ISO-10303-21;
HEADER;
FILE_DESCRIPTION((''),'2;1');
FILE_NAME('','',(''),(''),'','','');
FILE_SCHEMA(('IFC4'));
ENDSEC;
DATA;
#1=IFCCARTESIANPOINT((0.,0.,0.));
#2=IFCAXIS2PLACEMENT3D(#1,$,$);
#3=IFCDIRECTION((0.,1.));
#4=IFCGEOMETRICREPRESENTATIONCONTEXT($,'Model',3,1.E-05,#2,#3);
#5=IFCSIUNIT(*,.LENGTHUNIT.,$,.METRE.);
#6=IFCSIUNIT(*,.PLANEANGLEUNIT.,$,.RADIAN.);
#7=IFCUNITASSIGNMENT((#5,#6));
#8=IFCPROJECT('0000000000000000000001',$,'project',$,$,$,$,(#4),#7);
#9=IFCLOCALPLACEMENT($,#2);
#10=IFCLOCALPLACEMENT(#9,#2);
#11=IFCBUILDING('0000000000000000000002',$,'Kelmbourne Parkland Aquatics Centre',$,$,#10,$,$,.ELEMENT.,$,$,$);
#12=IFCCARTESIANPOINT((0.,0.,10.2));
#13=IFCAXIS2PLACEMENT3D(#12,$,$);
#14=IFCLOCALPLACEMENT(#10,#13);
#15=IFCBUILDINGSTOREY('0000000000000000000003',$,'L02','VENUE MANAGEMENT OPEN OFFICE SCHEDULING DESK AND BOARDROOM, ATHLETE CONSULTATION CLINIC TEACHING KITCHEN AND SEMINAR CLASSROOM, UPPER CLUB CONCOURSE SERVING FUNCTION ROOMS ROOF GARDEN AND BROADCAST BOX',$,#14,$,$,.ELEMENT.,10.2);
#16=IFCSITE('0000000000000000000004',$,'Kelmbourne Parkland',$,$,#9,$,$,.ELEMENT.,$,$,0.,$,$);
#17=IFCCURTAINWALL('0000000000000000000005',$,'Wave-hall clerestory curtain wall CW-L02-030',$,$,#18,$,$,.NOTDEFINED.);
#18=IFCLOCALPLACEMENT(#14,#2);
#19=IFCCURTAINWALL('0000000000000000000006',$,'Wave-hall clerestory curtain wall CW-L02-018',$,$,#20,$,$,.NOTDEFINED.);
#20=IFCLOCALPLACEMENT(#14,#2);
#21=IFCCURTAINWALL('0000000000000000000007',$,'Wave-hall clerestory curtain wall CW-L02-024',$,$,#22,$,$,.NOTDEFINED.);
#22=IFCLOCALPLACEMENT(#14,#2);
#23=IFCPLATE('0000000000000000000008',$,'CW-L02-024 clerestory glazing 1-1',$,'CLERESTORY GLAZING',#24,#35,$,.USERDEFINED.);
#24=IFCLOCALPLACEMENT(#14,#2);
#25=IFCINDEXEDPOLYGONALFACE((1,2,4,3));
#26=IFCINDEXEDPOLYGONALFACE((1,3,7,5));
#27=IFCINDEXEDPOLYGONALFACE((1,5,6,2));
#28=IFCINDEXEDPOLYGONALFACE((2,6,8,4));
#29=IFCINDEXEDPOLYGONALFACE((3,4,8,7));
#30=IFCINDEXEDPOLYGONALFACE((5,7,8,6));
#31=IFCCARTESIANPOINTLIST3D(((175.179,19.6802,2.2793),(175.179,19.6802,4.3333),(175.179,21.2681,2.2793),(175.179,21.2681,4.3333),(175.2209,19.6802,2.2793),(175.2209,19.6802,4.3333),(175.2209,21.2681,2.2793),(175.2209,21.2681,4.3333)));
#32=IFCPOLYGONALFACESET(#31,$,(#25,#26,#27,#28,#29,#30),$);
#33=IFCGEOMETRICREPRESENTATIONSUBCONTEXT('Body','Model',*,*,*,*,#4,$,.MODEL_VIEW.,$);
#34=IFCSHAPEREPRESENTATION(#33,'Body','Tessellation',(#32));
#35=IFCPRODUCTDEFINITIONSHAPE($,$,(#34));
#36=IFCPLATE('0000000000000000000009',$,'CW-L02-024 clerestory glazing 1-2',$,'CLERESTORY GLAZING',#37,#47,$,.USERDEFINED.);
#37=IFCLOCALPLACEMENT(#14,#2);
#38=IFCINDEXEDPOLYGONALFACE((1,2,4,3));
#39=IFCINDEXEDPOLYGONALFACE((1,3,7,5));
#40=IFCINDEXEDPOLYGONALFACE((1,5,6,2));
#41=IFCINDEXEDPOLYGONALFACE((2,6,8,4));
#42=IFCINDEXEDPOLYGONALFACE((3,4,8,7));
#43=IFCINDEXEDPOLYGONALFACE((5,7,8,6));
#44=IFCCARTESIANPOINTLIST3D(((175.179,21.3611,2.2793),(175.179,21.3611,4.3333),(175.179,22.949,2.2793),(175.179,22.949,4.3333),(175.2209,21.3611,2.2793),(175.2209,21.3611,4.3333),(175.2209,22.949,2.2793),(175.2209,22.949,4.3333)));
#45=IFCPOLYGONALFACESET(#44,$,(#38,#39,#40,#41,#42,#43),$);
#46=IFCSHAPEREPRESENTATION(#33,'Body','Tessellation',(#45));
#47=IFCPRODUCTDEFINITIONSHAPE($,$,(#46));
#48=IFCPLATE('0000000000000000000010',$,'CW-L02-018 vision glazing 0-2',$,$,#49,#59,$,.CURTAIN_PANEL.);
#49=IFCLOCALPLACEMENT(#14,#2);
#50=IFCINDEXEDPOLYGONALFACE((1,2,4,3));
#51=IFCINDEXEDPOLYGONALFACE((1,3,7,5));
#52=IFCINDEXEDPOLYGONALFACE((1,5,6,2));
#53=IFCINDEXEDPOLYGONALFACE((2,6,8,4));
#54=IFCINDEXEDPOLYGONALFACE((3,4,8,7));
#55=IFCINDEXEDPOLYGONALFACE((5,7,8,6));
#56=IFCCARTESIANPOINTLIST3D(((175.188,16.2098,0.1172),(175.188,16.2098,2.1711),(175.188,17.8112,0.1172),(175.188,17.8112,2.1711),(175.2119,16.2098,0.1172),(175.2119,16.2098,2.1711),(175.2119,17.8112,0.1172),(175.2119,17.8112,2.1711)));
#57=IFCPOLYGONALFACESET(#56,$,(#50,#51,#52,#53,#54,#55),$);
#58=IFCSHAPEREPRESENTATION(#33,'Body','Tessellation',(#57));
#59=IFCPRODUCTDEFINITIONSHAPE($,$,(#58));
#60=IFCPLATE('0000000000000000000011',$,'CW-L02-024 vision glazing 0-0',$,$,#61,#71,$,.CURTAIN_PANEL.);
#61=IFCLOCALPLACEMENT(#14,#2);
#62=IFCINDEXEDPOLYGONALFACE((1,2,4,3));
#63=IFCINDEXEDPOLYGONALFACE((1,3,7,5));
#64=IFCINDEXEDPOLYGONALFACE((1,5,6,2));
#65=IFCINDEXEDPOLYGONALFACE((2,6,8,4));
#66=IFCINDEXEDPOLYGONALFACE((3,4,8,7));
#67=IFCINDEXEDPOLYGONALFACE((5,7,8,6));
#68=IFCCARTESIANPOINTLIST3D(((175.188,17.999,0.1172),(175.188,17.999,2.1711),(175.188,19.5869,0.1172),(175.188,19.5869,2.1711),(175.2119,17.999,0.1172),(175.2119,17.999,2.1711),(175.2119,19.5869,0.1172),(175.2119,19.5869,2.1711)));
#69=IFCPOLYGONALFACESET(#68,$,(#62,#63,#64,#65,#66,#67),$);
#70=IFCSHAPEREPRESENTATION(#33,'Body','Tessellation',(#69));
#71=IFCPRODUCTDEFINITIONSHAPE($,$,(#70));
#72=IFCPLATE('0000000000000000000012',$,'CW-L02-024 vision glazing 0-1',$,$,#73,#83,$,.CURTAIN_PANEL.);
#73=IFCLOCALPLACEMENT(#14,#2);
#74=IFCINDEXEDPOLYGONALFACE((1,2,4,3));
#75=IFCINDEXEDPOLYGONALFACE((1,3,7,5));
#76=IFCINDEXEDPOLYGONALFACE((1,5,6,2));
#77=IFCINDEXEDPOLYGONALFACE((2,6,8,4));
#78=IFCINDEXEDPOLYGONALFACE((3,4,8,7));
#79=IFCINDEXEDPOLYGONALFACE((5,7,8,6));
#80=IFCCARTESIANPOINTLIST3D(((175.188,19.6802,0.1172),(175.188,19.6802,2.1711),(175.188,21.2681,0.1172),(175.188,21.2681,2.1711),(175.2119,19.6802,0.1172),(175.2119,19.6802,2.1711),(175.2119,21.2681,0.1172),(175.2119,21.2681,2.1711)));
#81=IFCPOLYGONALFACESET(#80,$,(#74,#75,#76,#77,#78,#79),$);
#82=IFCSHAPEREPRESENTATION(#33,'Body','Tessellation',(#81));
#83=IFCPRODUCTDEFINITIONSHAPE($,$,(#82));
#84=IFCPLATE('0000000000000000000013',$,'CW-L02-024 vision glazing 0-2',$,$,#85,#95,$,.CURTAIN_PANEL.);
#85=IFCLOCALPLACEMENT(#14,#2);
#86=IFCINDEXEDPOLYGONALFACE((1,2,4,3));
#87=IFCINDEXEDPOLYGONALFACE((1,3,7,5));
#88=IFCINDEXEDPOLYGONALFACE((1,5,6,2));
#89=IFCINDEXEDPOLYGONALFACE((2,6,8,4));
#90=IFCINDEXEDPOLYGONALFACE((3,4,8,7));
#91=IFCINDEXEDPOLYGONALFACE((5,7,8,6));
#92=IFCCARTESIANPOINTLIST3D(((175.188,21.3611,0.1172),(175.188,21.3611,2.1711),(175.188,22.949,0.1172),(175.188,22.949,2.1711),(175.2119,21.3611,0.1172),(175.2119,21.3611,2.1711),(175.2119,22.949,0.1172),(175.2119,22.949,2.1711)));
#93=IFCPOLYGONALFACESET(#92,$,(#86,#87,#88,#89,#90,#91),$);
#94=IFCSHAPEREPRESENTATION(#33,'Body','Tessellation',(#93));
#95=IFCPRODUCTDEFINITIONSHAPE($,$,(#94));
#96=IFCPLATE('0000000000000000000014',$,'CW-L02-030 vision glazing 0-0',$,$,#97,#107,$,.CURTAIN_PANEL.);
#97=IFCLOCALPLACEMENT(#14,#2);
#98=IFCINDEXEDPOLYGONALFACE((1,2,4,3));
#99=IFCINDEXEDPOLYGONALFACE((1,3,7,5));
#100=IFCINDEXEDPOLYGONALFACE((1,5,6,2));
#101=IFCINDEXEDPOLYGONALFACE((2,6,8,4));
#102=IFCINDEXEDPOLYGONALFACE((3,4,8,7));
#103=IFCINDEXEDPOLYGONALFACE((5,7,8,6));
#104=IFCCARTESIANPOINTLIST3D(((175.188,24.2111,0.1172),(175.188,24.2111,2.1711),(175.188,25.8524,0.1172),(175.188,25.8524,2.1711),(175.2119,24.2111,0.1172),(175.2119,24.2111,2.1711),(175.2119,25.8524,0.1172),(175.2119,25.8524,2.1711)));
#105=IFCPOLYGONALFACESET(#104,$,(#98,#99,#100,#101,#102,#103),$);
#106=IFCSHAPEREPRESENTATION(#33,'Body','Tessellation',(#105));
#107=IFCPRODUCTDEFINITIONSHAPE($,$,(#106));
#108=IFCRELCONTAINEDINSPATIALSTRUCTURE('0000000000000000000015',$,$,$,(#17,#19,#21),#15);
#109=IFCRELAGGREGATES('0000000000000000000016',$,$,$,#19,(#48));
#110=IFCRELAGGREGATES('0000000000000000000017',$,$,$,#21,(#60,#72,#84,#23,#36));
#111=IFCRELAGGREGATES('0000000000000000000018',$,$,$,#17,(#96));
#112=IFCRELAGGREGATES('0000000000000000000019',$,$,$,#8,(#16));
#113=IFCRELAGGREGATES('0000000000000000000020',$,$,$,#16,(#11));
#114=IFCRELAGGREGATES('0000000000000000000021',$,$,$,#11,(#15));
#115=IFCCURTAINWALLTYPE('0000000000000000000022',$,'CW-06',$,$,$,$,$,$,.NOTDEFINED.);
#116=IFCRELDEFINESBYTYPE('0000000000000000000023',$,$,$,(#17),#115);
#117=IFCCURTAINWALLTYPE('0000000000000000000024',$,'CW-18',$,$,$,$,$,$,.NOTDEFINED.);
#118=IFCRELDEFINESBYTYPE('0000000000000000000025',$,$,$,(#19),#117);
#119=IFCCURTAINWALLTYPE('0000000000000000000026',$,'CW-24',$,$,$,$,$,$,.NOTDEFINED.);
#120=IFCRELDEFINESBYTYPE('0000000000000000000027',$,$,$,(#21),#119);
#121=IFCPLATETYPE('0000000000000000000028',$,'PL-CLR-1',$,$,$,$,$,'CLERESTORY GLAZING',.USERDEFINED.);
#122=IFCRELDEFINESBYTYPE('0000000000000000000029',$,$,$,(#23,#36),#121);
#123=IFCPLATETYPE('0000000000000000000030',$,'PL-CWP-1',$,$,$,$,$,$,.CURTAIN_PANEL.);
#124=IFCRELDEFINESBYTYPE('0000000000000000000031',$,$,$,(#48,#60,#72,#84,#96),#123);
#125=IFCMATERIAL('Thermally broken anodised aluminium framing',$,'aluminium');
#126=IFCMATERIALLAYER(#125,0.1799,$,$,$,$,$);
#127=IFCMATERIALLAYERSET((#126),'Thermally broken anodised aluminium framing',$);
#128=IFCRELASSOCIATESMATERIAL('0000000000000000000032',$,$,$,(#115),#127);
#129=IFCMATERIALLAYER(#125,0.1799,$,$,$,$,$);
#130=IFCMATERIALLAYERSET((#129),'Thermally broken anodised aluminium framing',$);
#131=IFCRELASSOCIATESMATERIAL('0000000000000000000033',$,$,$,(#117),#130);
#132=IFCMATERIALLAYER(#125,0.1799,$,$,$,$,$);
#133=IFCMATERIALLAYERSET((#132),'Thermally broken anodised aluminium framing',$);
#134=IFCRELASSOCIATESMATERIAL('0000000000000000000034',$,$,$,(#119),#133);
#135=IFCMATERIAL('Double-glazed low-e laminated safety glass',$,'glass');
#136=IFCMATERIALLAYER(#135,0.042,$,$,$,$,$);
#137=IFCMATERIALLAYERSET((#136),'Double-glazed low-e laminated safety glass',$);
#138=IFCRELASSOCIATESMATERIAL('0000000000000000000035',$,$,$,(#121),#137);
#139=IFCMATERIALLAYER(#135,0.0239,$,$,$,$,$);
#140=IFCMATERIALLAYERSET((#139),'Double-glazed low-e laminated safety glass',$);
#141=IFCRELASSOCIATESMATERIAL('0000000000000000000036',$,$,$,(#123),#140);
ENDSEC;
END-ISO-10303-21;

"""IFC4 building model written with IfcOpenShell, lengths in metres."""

from ifc_helpers import new_model, si_unit, direction, frame, origin, origin_2d, place, context, subcontext, project, spatial, rectangle, extrude, material, layer, layer_set, type_object, element, aggregate, save


model = new_model("IFC4")

# Units and contexts
model_context = context("Model", 3, precision=1e-05, world=origin(), true_north=direction((0.0, 1.0)))
body_context = subcontext(model_context, "Body", "Model", "MODEL_VIEW")
ifc_project = project(units=[si_unit("LENGTHUNIT", "METRE"), si_unit("PLANEANGLEUNIT", "RADIAN")], contexts=[model_context])

# Site, building, storey
site_placement = place(None, origin())
site = spatial("IfcSite", under=ifc_project, at=site_placement, Name="Kelmbourne Parkland", CompositionType="ELEMENT", RefElevation=0.0)
building_placement = place(site_placement, origin())
building = spatial("IfcBuilding", under=site, at=building_placement, Name="Kelmbourne Parkland Aquatics Centre", CompositionType="ELEMENT")
storey_placement = place(building_placement, frame((0.0, 0.0, 10.2)))
storey = spatial("IfcBuildingStorey", under=building, at=storey_placement, Name="L02", Description="VENUE MANAGEMENT OPEN OFFICE SCHEDULING DESK AND BOARDROOM, ATHLETE CONSULTATION CLINIC TEACHING KITCHEN AND SEMINAR CLASSROOM, UPPER CLUB CONCOURSE SERVING FUNCTION ROOMS ROOF GARDEN AND BROADCAST BOX", CompositionType="ELEMENT", Elevation=10.2)

# Curtain walls
ifc_material_1 = material(Name="Thermally broken anodised aluminium framing", Category="aluminium")
ifc_layer_1 = layer(ifc_material_1, 0.1799)
ifc_layer_set_1 = layer_set([ifc_layer_1], Name="Thermally broken anodised aluminium framing")
curtain_wall_type_1 = type_object("IfcCurtainWallType", Name="CW-06", PredefinedType="NOTDEFINED", material=ifc_layer_set_1)
curtain_wall_1_placement = place(storey_placement, origin())
curtain_wall_1 = element("IfcCurtainWall", 1, at=curtain_wall_1_placement, inside=storey, type_object=curtain_wall_type_1, Name="Wave-hall clerestory curtain wall CW-L02-030", PredefinedType="NOTDEFINED")
ifc_layer_2 = layer(ifc_material_1, 0.1799)
ifc_layer_set_2 = layer_set([ifc_layer_2], Name="Thermally broken anodised aluminium framing")
curtain_wall_type_2 = type_object("IfcCurtainWallType", Name="CW-18", PredefinedType="NOTDEFINED", material=ifc_layer_set_2)
curtain_wall_2_placement = place(storey_placement, origin())
curtain_wall_2 = element("IfcCurtainWall", 2, at=curtain_wall_2_placement, inside=storey, type_object=curtain_wall_type_2, Name="Wave-hall clerestory curtain wall CW-L02-018", PredefinedType="NOTDEFINED")

# Curtain wall
ifc_layer_3 = layer(ifc_material_1, 0.1799)
ifc_layer_set_3 = layer_set([ifc_layer_3], Name="Thermally broken anodised aluminium framing")
curtain_wall_type_3 = type_object("IfcCurtainWallType", Name="CW-24", PredefinedType="NOTDEFINED", material=ifc_layer_set_3)
curtain_wall_3_placement = place(storey_placement, origin())
curtain_wall_3 = element("IfcCurtainWall", 3, at=curtain_wall_3_placement, inside=storey, type_object=curtain_wall_type_3, Name="Wave-hall clerestory curtain wall CW-L02-024", PredefinedType="NOTDEFINED")

# Plates
ifc_material_2 = material(Name="Double-glazed low-e laminated safety glass", Category="glass")
ifc_layer_4 = layer(ifc_material_2, 0.042)
ifc_layer_set_4 = layer_set([ifc_layer_4], Name="Double-glazed low-e laminated safety glass")
plate_type_1 = type_object("IfcPlateType", Name="PL-CLR-1", ElementType="CLERESTORY GLAZING", PredefinedType="USERDEFINED", material=ifc_layer_set_4)
plate_1_placement = place(storey_placement, frame((175.2, 20.4741, 2.2793), z_axis=(0.0, 0.0, 1.0), x_axis=(0.0, 1.0, 0.0)))
plate_1 = element("IfcPlate", 4, at=plate_1_placement, type_object=plate_type_1, Name="CW-L02-024 clerestory glazing 1-1", ObjectType="CLERESTORY GLAZING", PredefinedType="USERDEFINED", context=body_context, shape_type="SweptSolid", body=[
    extrude(rectangle(XDim=1.5879, YDim=0.042, at=origin_2d()), origin(), (0.0, 0.0, 1.0), 2.054),
])
plate_2_placement = place(storey_placement, frame((175.2, 22.155, 2.2793), z_axis=(0.0, 0.0, 1.0), x_axis=(0.0, 1.0, 0.0)))
plate_2 = element("IfcPlate", 5, at=plate_2_placement, type_object=plate_type_1, Name="CW-L02-024 clerestory glazing 1-2", ObjectType="CLERESTORY GLAZING", PredefinedType="USERDEFINED", context=body_context, shape_type="SweptSolid", body=[
    extrude(rectangle(XDim=1.5879, YDim=0.042, at=origin_2d()), origin(), (0.0, 0.0, 1.0), 2.054),
])
ifc_layer_5 = layer(ifc_material_2, 0.0239)
ifc_layer_set_5 = layer_set([ifc_layer_5], Name="Double-glazed low-e laminated safety glass")
plate_type_2 = type_object("IfcPlateType", Name="PL-CWP-1", PredefinedType="CURTAIN_PANEL", material=ifc_layer_set_5)
plate_3_placement = place(storey_placement, frame((175.2, 17.0105, 0.1172), z_axis=(0.0, 0.0, 1.0), x_axis=(0.0, 1.0, 0.0)))
plate_3 = element("IfcPlate", 6, at=plate_3_placement, type_object=plate_type_2, Name="CW-L02-018 vision glazing 0-2", PredefinedType="CURTAIN_PANEL", context=body_context, shape_type="SweptSolid", body=[
    extrude(rectangle(XDim=1.6013, YDim=0.0239, at=origin_2d()), origin(), (0.0, 0.0, 1.0), 2.054),
])
aggregate(curtain_wall_2, [plate_3])
plate_4_placement = place(storey_placement, frame((175.2, 18.793, 0.1172), z_axis=(0.0, 0.0, 1.0), x_axis=(0.0, 1.0, 0.0)))
plate_4 = element("IfcPlate", 7, at=plate_4_placement, type_object=plate_type_2, Name="CW-L02-024 vision glazing 0-0", PredefinedType="CURTAIN_PANEL", context=body_context, shape_type="SweptSolid", body=[
    extrude(rectangle(XDim=1.5879, YDim=0.0239, at=origin_2d()), origin(), (0.0, 0.0, 1.0), 2.054),
])
plate_5_placement = place(storey_placement, frame((175.2, 20.4741, 0.1172), z_axis=(0.0, 0.0, 1.0), x_axis=(0.0, 1.0, 0.0)))
plate_5 = element("IfcPlate", 8, at=plate_5_placement, type_object=plate_type_2, Name="CW-L02-024 vision glazing 0-1", PredefinedType="CURTAIN_PANEL", context=body_context, shape_type="SweptSolid", body=[
    extrude(rectangle(XDim=1.5879, YDim=0.0239, at=origin_2d()), origin(), (0.0, 0.0, 1.0), 2.054),
])
plate_6_placement = place(storey_placement, frame((175.2, 22.155, 0.1172), z_axis=(0.0, 0.0, 1.0), x_axis=(0.0, 1.0, 0.0)))
plate_6 = element("IfcPlate", 9, at=plate_6_placement, type_object=plate_type_2, Name="CW-L02-024 vision glazing 0-2", PredefinedType="CURTAIN_PANEL", context=body_context, shape_type="SweptSolid", body=[
    extrude(rectangle(XDim=1.5879, YDim=0.0239, at=origin_2d()), origin(), (0.0, 0.0, 1.0), 2.054),
])
aggregate(curtain_wall_3, [plate_4, plate_5, plate_6, plate_1, plate_2])
plate_7_placement = place(storey_placement, frame((175.2, 25.0317, 0.1172), z_axis=(0.0, 0.0, 1.0), x_axis=(0.0, 1.0, 0.0)))
plate_7 = element("IfcPlate", 10, at=plate_7_placement, type_object=plate_type_2, Name="CW-L02-030 vision glazing 0-0", PredefinedType="CURTAIN_PANEL", context=body_context, shape_type="SweptSolid", body=[
    extrude(rectangle(XDim=1.6414, YDim=0.0239, at=origin_2d()), origin(), (0.0, 0.0, 1.0), 2.054),
])
aggregate(curtain_wall_1, [plate_7])

save(model, "model.ifc")
